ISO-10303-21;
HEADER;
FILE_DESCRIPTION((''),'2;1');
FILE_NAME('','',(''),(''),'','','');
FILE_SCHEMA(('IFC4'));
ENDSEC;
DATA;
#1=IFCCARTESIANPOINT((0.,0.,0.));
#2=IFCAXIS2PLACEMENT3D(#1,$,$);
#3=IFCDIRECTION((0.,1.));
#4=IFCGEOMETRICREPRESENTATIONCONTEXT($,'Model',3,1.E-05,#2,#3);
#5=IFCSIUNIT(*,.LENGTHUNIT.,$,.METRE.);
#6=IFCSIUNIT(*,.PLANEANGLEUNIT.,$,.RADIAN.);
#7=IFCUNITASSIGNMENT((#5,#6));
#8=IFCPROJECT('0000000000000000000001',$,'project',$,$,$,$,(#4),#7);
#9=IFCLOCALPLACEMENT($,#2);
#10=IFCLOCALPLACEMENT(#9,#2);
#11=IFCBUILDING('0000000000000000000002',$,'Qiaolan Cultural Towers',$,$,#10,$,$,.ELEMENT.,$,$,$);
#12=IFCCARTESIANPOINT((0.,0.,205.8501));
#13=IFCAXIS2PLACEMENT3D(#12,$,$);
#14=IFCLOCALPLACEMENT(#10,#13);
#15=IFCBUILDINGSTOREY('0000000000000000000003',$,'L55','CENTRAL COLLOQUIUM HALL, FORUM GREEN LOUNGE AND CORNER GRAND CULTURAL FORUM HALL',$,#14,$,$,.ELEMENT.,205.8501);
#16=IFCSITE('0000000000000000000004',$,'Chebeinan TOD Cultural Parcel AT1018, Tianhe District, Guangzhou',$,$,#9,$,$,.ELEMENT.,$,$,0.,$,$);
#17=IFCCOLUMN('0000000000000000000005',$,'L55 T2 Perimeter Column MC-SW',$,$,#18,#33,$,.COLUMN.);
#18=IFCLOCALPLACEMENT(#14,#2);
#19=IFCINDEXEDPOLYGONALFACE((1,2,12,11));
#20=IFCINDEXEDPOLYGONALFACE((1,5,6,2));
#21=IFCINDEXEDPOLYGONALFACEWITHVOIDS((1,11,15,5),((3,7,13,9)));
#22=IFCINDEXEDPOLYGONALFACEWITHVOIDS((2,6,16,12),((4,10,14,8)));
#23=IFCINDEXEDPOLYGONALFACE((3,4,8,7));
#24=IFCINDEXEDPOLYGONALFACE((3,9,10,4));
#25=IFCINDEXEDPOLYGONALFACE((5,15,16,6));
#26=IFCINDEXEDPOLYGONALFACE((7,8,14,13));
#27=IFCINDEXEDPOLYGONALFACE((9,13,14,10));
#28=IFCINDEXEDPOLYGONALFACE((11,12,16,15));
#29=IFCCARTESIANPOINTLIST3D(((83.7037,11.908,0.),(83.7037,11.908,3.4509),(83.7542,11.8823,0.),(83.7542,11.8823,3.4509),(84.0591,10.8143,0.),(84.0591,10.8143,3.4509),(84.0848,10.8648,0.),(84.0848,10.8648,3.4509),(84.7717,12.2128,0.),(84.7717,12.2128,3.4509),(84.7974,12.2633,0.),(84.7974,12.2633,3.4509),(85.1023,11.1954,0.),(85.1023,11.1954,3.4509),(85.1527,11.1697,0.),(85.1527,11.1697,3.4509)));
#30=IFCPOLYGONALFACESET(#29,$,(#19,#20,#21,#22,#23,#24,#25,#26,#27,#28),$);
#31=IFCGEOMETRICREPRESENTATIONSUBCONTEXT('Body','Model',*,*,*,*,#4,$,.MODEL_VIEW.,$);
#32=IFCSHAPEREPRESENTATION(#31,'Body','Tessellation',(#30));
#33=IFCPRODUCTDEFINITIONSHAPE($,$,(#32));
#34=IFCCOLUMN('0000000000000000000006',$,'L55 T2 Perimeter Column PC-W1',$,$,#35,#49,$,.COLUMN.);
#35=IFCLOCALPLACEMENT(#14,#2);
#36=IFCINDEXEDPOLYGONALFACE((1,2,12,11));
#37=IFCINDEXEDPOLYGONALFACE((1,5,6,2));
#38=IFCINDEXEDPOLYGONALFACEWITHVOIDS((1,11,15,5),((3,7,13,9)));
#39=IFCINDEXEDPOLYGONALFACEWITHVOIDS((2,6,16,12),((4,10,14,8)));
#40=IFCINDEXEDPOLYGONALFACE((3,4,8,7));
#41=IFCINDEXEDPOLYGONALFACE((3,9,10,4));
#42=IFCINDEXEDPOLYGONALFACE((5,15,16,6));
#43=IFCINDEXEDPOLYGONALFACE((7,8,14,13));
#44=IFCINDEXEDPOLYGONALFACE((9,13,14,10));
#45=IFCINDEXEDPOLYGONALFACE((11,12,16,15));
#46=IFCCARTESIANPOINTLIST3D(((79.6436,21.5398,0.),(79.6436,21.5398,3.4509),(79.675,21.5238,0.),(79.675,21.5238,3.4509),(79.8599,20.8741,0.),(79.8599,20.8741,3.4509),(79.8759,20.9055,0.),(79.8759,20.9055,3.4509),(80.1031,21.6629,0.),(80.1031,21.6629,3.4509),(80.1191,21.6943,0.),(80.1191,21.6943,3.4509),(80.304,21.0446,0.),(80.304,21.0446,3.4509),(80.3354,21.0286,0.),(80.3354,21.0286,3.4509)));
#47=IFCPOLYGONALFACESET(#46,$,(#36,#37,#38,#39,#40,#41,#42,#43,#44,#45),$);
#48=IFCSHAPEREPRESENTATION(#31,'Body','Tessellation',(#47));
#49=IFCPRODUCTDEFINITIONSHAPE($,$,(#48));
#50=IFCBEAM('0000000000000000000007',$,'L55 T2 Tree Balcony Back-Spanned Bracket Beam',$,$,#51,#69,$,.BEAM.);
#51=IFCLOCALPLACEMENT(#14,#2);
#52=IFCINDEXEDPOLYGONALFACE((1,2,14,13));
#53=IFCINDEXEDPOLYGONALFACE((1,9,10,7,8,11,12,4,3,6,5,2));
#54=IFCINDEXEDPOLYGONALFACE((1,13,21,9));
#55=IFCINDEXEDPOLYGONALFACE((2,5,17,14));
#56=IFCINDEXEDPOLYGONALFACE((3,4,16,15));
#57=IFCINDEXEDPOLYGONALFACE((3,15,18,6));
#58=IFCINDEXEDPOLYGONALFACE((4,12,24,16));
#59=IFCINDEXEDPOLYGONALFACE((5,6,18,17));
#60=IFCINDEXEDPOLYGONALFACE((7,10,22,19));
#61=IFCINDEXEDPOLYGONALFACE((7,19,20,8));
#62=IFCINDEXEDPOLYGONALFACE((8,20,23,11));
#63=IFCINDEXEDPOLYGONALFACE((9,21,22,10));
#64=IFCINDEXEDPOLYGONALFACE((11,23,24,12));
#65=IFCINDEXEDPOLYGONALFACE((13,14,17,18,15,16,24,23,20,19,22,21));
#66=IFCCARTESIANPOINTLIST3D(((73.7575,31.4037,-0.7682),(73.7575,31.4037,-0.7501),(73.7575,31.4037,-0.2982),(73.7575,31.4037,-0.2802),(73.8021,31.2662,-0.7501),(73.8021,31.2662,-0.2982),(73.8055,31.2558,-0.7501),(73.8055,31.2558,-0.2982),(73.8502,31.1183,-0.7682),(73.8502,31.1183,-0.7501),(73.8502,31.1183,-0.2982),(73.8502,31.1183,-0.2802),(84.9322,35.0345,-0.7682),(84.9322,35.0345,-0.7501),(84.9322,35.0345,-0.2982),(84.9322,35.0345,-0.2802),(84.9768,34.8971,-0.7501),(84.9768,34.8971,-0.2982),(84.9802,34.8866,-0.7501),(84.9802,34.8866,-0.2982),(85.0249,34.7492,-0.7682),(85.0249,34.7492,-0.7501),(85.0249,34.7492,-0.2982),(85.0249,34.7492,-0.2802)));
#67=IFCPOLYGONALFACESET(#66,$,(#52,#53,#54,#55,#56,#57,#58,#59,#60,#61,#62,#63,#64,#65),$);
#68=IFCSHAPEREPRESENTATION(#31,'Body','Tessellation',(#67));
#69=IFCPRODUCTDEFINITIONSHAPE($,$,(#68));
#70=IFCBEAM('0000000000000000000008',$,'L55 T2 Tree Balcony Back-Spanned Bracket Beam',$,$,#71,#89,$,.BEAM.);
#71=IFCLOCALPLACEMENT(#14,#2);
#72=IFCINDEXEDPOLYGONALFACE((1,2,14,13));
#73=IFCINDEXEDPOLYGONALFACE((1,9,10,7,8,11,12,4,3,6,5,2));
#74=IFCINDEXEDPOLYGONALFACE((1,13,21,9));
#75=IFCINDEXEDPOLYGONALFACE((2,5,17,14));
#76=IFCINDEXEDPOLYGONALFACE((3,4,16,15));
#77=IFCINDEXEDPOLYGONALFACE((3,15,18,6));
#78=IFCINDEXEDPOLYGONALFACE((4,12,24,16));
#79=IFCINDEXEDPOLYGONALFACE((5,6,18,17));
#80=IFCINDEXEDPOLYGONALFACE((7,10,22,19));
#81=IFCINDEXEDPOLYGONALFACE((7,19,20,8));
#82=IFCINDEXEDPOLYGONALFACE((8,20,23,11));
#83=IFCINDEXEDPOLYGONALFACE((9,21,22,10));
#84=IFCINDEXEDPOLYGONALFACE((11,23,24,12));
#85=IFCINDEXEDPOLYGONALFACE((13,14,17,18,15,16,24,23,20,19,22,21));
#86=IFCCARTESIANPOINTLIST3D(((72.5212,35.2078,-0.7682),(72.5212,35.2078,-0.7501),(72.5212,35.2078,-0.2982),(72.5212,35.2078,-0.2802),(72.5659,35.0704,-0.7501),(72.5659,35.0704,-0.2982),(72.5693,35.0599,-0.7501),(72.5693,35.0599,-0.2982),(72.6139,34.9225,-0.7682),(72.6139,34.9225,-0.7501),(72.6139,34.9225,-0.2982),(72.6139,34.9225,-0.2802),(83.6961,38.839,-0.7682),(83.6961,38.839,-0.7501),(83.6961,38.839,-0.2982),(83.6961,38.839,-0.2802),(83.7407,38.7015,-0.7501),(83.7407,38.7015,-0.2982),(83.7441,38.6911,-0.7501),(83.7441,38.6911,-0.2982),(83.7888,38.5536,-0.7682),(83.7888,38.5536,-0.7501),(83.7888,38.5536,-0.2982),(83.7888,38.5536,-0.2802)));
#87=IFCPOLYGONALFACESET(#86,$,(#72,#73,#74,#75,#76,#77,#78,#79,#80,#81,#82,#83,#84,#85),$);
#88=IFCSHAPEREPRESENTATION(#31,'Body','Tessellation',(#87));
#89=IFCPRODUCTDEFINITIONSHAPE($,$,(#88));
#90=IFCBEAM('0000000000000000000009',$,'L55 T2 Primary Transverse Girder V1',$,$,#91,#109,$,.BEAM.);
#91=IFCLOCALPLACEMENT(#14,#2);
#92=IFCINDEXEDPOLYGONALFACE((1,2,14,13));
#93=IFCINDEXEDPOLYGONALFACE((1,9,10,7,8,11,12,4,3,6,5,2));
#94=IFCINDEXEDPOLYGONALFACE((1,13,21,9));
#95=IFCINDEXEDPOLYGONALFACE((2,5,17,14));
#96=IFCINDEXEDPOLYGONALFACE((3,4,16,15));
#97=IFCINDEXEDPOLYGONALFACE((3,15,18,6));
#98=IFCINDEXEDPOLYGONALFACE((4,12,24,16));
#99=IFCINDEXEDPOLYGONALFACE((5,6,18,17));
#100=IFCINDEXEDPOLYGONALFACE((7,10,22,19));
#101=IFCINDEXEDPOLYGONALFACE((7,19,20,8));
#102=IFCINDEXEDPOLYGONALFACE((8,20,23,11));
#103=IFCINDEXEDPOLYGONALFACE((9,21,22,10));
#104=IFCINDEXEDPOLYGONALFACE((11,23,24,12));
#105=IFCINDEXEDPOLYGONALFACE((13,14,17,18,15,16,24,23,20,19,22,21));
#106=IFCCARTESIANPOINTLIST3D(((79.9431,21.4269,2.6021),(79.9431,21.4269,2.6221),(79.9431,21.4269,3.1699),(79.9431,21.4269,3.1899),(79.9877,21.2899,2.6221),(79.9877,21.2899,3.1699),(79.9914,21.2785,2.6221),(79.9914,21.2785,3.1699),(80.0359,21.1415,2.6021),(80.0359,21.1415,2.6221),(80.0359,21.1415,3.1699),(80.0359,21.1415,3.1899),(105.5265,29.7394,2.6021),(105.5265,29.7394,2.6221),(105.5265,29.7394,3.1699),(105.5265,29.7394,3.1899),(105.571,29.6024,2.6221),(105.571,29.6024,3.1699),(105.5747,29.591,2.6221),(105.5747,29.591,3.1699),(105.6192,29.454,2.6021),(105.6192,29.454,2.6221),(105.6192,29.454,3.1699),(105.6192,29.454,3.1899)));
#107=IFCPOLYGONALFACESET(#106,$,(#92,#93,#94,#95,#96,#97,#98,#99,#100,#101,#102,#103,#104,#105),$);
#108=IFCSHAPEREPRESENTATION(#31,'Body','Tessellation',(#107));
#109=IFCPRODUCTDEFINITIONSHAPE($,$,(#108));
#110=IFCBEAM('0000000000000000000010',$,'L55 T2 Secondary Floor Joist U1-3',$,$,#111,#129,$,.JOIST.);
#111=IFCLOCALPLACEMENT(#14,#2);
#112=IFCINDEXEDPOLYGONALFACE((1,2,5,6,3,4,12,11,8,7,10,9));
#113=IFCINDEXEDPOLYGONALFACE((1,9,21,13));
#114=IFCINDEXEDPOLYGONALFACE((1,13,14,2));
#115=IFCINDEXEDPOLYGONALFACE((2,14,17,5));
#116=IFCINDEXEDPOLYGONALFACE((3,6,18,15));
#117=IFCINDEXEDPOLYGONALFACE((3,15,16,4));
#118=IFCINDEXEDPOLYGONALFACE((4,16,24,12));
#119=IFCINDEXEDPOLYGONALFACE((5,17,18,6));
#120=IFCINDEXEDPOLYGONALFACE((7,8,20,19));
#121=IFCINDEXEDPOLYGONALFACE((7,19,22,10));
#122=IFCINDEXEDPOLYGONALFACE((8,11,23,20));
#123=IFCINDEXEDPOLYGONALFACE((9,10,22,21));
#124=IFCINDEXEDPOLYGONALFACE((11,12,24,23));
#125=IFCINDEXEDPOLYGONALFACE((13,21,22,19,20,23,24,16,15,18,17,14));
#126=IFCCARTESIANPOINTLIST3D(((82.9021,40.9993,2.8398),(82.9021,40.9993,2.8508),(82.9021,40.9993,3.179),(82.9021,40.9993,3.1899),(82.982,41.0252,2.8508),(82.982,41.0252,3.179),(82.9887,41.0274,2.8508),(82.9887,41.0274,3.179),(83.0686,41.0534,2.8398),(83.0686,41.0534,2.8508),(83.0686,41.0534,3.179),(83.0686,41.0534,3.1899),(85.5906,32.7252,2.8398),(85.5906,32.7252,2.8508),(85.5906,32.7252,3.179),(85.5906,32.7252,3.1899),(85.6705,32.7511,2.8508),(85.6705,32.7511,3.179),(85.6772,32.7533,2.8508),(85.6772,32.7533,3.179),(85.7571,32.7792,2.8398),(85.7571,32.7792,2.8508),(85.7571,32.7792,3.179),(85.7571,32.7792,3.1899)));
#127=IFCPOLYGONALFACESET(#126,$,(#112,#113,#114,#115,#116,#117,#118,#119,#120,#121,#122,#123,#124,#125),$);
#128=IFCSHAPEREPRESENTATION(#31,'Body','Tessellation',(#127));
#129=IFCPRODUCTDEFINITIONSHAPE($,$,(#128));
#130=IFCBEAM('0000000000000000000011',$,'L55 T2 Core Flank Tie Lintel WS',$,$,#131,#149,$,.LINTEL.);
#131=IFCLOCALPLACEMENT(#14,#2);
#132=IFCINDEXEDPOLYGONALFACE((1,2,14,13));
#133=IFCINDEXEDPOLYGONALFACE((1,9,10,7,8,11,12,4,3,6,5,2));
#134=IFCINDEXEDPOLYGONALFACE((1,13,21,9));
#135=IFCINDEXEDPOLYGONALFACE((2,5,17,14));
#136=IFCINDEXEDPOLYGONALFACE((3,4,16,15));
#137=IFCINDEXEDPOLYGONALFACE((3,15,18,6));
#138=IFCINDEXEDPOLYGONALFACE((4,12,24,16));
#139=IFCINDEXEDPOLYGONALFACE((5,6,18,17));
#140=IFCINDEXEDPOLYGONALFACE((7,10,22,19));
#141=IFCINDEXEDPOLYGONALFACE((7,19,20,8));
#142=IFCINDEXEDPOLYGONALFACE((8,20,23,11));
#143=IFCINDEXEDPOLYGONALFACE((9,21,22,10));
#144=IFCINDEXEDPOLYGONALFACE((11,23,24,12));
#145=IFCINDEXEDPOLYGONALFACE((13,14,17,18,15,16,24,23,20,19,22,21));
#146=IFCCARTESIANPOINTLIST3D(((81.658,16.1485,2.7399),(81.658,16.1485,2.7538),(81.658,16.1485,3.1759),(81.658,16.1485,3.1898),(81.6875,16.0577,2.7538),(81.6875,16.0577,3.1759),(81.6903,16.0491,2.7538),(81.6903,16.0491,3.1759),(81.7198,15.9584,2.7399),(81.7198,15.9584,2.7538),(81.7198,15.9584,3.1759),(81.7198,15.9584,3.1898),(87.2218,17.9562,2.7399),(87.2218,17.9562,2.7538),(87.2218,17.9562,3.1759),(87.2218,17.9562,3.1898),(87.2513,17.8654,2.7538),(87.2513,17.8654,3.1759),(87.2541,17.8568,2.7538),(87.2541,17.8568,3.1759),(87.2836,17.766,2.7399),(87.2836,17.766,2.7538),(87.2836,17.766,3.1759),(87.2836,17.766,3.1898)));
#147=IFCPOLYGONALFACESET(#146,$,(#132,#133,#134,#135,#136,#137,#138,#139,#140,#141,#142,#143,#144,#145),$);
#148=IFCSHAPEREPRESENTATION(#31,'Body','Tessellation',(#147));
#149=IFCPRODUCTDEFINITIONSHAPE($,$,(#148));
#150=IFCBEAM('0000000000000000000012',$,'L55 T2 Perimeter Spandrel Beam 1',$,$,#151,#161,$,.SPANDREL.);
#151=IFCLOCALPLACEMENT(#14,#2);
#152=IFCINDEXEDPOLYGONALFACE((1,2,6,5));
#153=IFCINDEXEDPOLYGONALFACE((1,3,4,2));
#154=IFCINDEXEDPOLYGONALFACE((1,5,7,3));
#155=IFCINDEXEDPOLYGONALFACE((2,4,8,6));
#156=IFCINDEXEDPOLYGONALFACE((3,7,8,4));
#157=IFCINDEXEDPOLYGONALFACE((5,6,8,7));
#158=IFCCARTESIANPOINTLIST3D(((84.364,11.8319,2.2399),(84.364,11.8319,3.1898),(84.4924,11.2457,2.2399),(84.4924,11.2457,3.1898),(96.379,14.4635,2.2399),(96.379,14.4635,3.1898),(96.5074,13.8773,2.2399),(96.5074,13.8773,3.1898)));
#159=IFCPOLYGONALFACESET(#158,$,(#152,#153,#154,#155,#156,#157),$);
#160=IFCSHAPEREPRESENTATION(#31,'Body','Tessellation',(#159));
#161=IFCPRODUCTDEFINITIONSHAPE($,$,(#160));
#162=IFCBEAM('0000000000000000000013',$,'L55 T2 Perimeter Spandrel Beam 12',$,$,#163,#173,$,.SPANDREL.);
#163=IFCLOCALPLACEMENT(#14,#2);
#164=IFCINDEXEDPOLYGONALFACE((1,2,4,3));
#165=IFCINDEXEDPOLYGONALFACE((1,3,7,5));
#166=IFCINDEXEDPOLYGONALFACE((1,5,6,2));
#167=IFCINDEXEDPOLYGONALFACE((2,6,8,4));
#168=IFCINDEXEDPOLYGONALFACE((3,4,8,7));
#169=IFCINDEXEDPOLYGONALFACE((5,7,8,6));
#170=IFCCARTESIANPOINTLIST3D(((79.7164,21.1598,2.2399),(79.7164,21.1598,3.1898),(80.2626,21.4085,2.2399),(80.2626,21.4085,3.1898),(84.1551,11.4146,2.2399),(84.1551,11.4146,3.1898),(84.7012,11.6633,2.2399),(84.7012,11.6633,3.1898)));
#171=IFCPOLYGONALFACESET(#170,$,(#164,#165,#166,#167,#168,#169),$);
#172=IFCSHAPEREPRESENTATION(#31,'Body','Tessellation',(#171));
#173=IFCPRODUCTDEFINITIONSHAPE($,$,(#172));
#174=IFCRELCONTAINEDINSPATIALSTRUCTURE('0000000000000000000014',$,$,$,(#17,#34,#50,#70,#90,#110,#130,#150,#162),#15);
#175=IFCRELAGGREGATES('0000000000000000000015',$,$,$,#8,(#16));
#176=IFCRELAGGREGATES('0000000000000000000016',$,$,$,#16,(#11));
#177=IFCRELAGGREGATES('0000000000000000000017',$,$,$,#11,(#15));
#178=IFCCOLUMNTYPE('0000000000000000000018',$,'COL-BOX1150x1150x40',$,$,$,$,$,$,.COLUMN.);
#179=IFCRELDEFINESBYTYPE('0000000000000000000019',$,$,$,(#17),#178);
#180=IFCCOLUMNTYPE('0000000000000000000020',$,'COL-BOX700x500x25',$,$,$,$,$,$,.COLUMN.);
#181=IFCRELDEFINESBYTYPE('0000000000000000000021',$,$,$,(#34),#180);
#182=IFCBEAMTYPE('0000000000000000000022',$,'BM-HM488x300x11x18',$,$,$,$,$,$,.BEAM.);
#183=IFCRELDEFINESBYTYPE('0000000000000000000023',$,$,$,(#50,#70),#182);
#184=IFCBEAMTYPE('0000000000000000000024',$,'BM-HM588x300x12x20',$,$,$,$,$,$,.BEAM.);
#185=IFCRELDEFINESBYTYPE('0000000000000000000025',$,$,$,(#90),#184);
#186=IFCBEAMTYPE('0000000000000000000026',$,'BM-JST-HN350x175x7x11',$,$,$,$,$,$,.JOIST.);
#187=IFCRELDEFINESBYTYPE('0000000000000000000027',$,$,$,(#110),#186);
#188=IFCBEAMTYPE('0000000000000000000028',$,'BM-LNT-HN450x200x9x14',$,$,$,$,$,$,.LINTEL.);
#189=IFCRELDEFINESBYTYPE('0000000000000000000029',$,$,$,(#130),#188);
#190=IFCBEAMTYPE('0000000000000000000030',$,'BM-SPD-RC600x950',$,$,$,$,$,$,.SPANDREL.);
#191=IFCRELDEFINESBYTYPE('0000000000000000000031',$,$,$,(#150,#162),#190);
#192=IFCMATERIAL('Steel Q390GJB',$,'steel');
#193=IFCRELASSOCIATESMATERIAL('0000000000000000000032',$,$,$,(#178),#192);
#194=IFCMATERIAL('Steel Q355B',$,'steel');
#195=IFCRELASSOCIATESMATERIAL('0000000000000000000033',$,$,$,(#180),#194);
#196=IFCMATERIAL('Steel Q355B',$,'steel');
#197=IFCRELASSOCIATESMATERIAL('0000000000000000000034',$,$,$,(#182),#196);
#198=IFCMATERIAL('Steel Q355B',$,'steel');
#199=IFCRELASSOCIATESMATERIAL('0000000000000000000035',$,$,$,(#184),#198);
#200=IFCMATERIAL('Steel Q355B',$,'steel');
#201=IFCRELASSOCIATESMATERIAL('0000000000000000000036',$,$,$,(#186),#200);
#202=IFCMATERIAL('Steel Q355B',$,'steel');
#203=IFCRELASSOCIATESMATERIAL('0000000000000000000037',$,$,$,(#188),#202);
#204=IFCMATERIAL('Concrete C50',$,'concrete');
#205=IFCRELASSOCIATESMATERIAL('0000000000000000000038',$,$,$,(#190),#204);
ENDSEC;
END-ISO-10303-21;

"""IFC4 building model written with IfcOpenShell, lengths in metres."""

from ifc_helpers import new_model, si_unit, direction, frame, origin, origin_2d, place, context, subcontext, project, spatial, rectangle, hollow_rectangle, i_section, extrude, material, material_profile, profile_set, type_object, element, save


model = new_model("IFC4")

# Units and contexts
model_context = context("Model", 3, precision=1e-05, world=origin(), true_north=direction((0.0, 1.0)))
body_context = subcontext(model_context, "Body", "Model", "MODEL_VIEW")
ifc_project = project(units=[si_unit("LENGTHUNIT", "METRE"), si_unit("PLANEANGLEUNIT", "RADIAN")], contexts=[model_context])

# Site, building, storey
site_placement = place(None, origin())
site = spatial("IfcSite", under=ifc_project, at=site_placement, Name="Chebeinan TOD Cultural Parcel AT1018, Tianhe District, Guangzhou", CompositionType="ELEMENT", RefElevation=0.0)
building_placement = place(site_placement, origin())
building = spatial("IfcBuilding", under=site, at=building_placement, Name="Qiaolan Cultural Towers", CompositionType="ELEMENT")
storey_placement = place(building_placement, frame((0.0, 0.0, 205.8501)))
storey = spatial("IfcBuildingStorey", under=building, at=storey_placement, Name="L55", Description="CENTRAL COLLOQUIUM HALL, FORUM GREEN LOUNGE AND CORNER GRAND CULTURAL FORUM HALL", CompositionType="ELEMENT", Elevation=205.8501)

# Columns
ifc_material_1 = material(Name="Steel Q390GJB", Category="steel")
ifc_material_profile_1 = material_profile(ifc_material_1, hollow_rectangle(XDim=1.1499, YDim=1.1499, WallThickness=0.04, at=origin_2d()), Name="BOX1150x1150x40")
ifc_profile_set_1 = profile_set([ifc_material_profile_1], Name="Steel Q390GJB")
column_type_1 = type_object("IfcColumnType", Name="COL-BOX1150x1150x40", PredefinedType="COLUMN", material=ifc_profile_set_1)
column_1_placement = place(storey_placement, frame((84.4282, 11.5388, 0.0), z_axis=(0.0, 0.0, 1.0), x_axis=(0.951057, 0.309017, 0.0)))
element("IfcColumn", 1, at=column_1_placement, inside=storey, type_object=column_type_1, Name="L55 T2 Perimeter Column MC-SW", PredefinedType="COLUMN", context=body_context, shape_type="SweptSolid", body=[
    extrude(hollow_rectangle(XDim=1.1499, YDim=1.1499, WallThickness=0.04, at=origin_2d()), origin(), (0.0, 0.0, 1.0), 3.4509),
])
ifc_material_2 = material(Name="Steel Q355B", Category="steel")
ifc_material_profile_2 = material_profile(ifc_material_2, hollow_rectangle(XDim=0.5, YDim=0.7, WallThickness=0.0249, at=origin_2d()), Name="BOX700x500x25")
ifc_profile_set_2 = profile_set([ifc_material_profile_2], Name="Steel Q355B")
column_type_2 = type_object("IfcColumnType", Name="COL-BOX700x500x25", PredefinedType="COLUMN", material=ifc_profile_set_2)
column_2_placement = place(storey_placement, frame((79.9895, 21.2842, 0.0), z_axis=(0.0, 0.0, 1.0), x_axis=(0.951057, 0.309017, 0.0)))
element("IfcColumn", 2, at=column_2_placement, inside=storey, type_object=column_type_2, Name="L55 T2 Perimeter Column PC-W1", PredefinedType="COLUMN", context=body_context, shape_type="SweptSolid", body=[
    extrude(hollow_rectangle(XDim=0.5, YDim=0.7, WallThickness=0.0249, at=origin_2d()), origin(), (0.0, 0.0, 1.0), 3.4509),
])

# Beams
ifc_material_3 = material(Name="Steel Q355B", Category="steel")
ifc_material_profile_3 = material_profile(ifc_material_3, i_section(OverallWidth=0.3, OverallDepth=0.488, WebThickness=0.011, FlangeThickness=0.0181, at=origin_2d()), Name="HM488x300x11x18")
ifc_profile_set_3 = profile_set([ifc_material_profile_3], Name="Steel Q355B")
beam_type_1 = type_object("IfcBeamType", Name="BM-HM488x300x11x18", PredefinedType="BEAM", material=ifc_profile_set_3)
beam_1_placement = place(storey_placement, frame((84.9785, 34.8918, -0.5242), z_axis=(-0.951058, -0.309013, 0.0), x_axis=(0.309013, -0.951058, 0.0)))
element("IfcBeam", 3, at=beam_1_placement, inside=storey, type_object=beam_type_1, Name="L55 T2 Tree Balcony Back-Spanned Bracket Beam", PredefinedType="BEAM", context=body_context, shape_type="SweptSolid", body=[
    extrude(i_section(OverallWidth=0.3, OverallDepth=0.488, WebThickness=0.011, FlangeThickness=0.0181, at=origin_2d()), origin(), (0.0, 0.0, 1.0), 11.7498),
])
beam_2_placement = place(storey_placement, frame((83.7424, 38.6963, -0.5242), z_axis=(-0.951052, -0.309032, 0.0), x_axis=(0.309032, -0.951052, 0.0)))
element("IfcBeam", 4, at=beam_2_placement, inside=storey, type_object=beam_type_1, Name="L55 T2 Tree Balcony Back-Spanned Bracket Beam", PredefinedType="BEAM", context=body_context, shape_type="SweptSolid", body=[
    extrude(i_section(OverallWidth=0.3, OverallDepth=0.488, WebThickness=0.011, FlangeThickness=0.0181, at=origin_2d()), origin(), (0.0, 0.0, 1.0), 11.75),
])
ifc_material_4 = material(Name="Steel Q355B", Category="steel")
ifc_material_profile_4 = material_profile(ifc_material_4, i_section(OverallWidth=0.3, OverallDepth=0.5879, WebThickness=0.012, FlangeThickness=0.02, at=origin_2d()), Name="HM588x300x12x20")
ifc_profile_set_4 = profile_set([ifc_material_profile_4], Name="Steel Q355B")
beam_type_2 = type_object("IfcBeamType", Name="BM-HM588x300x12x20", PredefinedType="BEAM", material=ifc_profile_set_4)
beam_3_placement = place(storey_placement, frame((79.9895, 21.2842, 2.896), z_axis=(0.951057, 0.309017, 0.0), x_axis=(-0.309017, 0.951057, 0.0)))
element("IfcBeam", 5, at=beam_3_placement, inside=storey, type_object=beam_type_2, Name="L55 T2 Primary Transverse Girder V1", PredefinedType="BEAM", context=body_context, shape_type="SweptSolid", body=[
    extrude(i_section(OverallWidth=0.3, OverallDepth=0.5879, WebThickness=0.012, FlangeThickness=0.02, at=origin_2d()), origin(), (0.0, 0.0, 1.0), 26.8999),
])
ifc_material_5 = material(Name="Steel Q355B", Category="steel")
ifc_material_profile_5 = material_profile(ifc_material_5, i_section(OverallWidth=0.175, OverallDepth=0.3501, WebThickness=0.0071, FlangeThickness=0.011, at=origin_2d()), Name="HN350x175x7x11")
ifc_profile_set_5 = profile_set([ifc_material_profile_5], Name="Steel Q355B")
beam_type_3 = type_object("IfcBeamType", Name="BM-JST-HN350x175x7x11", PredefinedType="JOIST", material=ifc_profile_set_5)
beam_4_placement = place(storey_placement, frame((85.6738, 32.7522, 3.0149), z_axis=(-0.309021, 0.951055, 0.0), x_axis=(-0.951055, -0.309021, 0.0)))
element("IfcBeam", 6, at=beam_4_placement, inside=storey, type_object=beam_type_3, Name="L55 T2 Secondary Floor Joist U1-3", PredefinedType="JOIST", context=body_context, shape_type="SweptSolid", body=[
    extrude(i_section(OverallWidth=0.175, OverallDepth=0.3501, WebThickness=0.0071, FlangeThickness=0.011, at=origin_2d()), origin(), (0.0, 0.0, 1.0), 8.7),
])
ifc_material_6 = material(Name="Steel Q355B", Category="steel")
ifc_material_profile_6 = material_profile(ifc_material_6, i_section(OverallWidth=0.2, OverallDepth=0.45, WebThickness=0.009, FlangeThickness=0.0139, at=origin_2d()), Name="HN450x200x9x14")
ifc_profile_set_6 = profile_set([ifc_material_profile_6], Name="Steel Q355B")
beam_type_4 = type_object("IfcBeamType", Name="BM-LNT-HN450x200x9x14", PredefinedType="LINTEL", material=ifc_profile_set_6)
beam_5_placement = place(storey_placement, frame((87.2527, 17.8611, 2.9648), z_axis=(-0.951064, -0.308995, 0.0), x_axis=(0.308995, -0.951064, 0.0)))
element("IfcBeam", 7, at=beam_5_placement, inside=storey, type_object=beam_type_4, Name="L55 T2 Core Flank Tie Lintel WS", PredefinedType="LINTEL", context=body_context, shape_type="SweptSolid", body=[
    extrude(i_section(OverallWidth=0.2, OverallDepth=0.45, WebThickness=0.009, FlangeThickness=0.0139, at=origin_2d()), origin(), (0.0, 0.0, 1.0), 5.8501),
])
ifc_material_7 = material(Name="Concrete C50", Category="concrete")
ifc_material_profile_7 = material_profile(ifc_material_7, rectangle(XDim=0.6001, YDim=0.95, at=origin_2d()), Name="RC600x950")
ifc_profile_set_7 = profile_set([ifc_material_profile_7], Name="Concrete C50")
beam_type_5 = type_object("IfcBeamType", Name="BM-SPD-RC600x950", PredefinedType="SPANDREL", material=ifc_profile_set_7)
beam_6_placement = place(storey_placement, frame((84.4282, 11.5388, 2.7148), z_axis=(0.976843, 0.213956, 0.0), x_axis=(-0.213956, 0.976843, 0.0)))
element("IfcBeam", 8, at=beam_6_placement, inside=storey, type_object=beam_type_5, Name="L55 T2 Perimeter Spandrel Beam 1", PredefinedType="SPANDREL", context=body_context, shape_type="SweptSolid", body=[
    extrude(rectangle(XDim=0.6001, YDim=0.95, at=origin_2d()), origin(), (0.0, 0.0, 1.0), 12.2998),
])
beam_7_placement = place(storey_placement, frame((79.9895, 21.2842, 2.7148), z_axis=(0.4145, -0.910049, 0.0), x_axis=(0.910049, 0.4145, 0.0)))
element("IfcBeam", 9, at=beam_7_placement, inside=storey, type_object=beam_type_5, Name="L55 T2 Perimeter Spandrel Beam 12", PredefinedType="SPANDREL", context=body_context, shape_type="SweptSolid", body=[
    extrude(rectangle(XDim=0.6001, YDim=0.95, at=origin_2d()), origin(), (0.0, 0.0, 1.0), 10.7085),
])

save(model, "model.ifc")
